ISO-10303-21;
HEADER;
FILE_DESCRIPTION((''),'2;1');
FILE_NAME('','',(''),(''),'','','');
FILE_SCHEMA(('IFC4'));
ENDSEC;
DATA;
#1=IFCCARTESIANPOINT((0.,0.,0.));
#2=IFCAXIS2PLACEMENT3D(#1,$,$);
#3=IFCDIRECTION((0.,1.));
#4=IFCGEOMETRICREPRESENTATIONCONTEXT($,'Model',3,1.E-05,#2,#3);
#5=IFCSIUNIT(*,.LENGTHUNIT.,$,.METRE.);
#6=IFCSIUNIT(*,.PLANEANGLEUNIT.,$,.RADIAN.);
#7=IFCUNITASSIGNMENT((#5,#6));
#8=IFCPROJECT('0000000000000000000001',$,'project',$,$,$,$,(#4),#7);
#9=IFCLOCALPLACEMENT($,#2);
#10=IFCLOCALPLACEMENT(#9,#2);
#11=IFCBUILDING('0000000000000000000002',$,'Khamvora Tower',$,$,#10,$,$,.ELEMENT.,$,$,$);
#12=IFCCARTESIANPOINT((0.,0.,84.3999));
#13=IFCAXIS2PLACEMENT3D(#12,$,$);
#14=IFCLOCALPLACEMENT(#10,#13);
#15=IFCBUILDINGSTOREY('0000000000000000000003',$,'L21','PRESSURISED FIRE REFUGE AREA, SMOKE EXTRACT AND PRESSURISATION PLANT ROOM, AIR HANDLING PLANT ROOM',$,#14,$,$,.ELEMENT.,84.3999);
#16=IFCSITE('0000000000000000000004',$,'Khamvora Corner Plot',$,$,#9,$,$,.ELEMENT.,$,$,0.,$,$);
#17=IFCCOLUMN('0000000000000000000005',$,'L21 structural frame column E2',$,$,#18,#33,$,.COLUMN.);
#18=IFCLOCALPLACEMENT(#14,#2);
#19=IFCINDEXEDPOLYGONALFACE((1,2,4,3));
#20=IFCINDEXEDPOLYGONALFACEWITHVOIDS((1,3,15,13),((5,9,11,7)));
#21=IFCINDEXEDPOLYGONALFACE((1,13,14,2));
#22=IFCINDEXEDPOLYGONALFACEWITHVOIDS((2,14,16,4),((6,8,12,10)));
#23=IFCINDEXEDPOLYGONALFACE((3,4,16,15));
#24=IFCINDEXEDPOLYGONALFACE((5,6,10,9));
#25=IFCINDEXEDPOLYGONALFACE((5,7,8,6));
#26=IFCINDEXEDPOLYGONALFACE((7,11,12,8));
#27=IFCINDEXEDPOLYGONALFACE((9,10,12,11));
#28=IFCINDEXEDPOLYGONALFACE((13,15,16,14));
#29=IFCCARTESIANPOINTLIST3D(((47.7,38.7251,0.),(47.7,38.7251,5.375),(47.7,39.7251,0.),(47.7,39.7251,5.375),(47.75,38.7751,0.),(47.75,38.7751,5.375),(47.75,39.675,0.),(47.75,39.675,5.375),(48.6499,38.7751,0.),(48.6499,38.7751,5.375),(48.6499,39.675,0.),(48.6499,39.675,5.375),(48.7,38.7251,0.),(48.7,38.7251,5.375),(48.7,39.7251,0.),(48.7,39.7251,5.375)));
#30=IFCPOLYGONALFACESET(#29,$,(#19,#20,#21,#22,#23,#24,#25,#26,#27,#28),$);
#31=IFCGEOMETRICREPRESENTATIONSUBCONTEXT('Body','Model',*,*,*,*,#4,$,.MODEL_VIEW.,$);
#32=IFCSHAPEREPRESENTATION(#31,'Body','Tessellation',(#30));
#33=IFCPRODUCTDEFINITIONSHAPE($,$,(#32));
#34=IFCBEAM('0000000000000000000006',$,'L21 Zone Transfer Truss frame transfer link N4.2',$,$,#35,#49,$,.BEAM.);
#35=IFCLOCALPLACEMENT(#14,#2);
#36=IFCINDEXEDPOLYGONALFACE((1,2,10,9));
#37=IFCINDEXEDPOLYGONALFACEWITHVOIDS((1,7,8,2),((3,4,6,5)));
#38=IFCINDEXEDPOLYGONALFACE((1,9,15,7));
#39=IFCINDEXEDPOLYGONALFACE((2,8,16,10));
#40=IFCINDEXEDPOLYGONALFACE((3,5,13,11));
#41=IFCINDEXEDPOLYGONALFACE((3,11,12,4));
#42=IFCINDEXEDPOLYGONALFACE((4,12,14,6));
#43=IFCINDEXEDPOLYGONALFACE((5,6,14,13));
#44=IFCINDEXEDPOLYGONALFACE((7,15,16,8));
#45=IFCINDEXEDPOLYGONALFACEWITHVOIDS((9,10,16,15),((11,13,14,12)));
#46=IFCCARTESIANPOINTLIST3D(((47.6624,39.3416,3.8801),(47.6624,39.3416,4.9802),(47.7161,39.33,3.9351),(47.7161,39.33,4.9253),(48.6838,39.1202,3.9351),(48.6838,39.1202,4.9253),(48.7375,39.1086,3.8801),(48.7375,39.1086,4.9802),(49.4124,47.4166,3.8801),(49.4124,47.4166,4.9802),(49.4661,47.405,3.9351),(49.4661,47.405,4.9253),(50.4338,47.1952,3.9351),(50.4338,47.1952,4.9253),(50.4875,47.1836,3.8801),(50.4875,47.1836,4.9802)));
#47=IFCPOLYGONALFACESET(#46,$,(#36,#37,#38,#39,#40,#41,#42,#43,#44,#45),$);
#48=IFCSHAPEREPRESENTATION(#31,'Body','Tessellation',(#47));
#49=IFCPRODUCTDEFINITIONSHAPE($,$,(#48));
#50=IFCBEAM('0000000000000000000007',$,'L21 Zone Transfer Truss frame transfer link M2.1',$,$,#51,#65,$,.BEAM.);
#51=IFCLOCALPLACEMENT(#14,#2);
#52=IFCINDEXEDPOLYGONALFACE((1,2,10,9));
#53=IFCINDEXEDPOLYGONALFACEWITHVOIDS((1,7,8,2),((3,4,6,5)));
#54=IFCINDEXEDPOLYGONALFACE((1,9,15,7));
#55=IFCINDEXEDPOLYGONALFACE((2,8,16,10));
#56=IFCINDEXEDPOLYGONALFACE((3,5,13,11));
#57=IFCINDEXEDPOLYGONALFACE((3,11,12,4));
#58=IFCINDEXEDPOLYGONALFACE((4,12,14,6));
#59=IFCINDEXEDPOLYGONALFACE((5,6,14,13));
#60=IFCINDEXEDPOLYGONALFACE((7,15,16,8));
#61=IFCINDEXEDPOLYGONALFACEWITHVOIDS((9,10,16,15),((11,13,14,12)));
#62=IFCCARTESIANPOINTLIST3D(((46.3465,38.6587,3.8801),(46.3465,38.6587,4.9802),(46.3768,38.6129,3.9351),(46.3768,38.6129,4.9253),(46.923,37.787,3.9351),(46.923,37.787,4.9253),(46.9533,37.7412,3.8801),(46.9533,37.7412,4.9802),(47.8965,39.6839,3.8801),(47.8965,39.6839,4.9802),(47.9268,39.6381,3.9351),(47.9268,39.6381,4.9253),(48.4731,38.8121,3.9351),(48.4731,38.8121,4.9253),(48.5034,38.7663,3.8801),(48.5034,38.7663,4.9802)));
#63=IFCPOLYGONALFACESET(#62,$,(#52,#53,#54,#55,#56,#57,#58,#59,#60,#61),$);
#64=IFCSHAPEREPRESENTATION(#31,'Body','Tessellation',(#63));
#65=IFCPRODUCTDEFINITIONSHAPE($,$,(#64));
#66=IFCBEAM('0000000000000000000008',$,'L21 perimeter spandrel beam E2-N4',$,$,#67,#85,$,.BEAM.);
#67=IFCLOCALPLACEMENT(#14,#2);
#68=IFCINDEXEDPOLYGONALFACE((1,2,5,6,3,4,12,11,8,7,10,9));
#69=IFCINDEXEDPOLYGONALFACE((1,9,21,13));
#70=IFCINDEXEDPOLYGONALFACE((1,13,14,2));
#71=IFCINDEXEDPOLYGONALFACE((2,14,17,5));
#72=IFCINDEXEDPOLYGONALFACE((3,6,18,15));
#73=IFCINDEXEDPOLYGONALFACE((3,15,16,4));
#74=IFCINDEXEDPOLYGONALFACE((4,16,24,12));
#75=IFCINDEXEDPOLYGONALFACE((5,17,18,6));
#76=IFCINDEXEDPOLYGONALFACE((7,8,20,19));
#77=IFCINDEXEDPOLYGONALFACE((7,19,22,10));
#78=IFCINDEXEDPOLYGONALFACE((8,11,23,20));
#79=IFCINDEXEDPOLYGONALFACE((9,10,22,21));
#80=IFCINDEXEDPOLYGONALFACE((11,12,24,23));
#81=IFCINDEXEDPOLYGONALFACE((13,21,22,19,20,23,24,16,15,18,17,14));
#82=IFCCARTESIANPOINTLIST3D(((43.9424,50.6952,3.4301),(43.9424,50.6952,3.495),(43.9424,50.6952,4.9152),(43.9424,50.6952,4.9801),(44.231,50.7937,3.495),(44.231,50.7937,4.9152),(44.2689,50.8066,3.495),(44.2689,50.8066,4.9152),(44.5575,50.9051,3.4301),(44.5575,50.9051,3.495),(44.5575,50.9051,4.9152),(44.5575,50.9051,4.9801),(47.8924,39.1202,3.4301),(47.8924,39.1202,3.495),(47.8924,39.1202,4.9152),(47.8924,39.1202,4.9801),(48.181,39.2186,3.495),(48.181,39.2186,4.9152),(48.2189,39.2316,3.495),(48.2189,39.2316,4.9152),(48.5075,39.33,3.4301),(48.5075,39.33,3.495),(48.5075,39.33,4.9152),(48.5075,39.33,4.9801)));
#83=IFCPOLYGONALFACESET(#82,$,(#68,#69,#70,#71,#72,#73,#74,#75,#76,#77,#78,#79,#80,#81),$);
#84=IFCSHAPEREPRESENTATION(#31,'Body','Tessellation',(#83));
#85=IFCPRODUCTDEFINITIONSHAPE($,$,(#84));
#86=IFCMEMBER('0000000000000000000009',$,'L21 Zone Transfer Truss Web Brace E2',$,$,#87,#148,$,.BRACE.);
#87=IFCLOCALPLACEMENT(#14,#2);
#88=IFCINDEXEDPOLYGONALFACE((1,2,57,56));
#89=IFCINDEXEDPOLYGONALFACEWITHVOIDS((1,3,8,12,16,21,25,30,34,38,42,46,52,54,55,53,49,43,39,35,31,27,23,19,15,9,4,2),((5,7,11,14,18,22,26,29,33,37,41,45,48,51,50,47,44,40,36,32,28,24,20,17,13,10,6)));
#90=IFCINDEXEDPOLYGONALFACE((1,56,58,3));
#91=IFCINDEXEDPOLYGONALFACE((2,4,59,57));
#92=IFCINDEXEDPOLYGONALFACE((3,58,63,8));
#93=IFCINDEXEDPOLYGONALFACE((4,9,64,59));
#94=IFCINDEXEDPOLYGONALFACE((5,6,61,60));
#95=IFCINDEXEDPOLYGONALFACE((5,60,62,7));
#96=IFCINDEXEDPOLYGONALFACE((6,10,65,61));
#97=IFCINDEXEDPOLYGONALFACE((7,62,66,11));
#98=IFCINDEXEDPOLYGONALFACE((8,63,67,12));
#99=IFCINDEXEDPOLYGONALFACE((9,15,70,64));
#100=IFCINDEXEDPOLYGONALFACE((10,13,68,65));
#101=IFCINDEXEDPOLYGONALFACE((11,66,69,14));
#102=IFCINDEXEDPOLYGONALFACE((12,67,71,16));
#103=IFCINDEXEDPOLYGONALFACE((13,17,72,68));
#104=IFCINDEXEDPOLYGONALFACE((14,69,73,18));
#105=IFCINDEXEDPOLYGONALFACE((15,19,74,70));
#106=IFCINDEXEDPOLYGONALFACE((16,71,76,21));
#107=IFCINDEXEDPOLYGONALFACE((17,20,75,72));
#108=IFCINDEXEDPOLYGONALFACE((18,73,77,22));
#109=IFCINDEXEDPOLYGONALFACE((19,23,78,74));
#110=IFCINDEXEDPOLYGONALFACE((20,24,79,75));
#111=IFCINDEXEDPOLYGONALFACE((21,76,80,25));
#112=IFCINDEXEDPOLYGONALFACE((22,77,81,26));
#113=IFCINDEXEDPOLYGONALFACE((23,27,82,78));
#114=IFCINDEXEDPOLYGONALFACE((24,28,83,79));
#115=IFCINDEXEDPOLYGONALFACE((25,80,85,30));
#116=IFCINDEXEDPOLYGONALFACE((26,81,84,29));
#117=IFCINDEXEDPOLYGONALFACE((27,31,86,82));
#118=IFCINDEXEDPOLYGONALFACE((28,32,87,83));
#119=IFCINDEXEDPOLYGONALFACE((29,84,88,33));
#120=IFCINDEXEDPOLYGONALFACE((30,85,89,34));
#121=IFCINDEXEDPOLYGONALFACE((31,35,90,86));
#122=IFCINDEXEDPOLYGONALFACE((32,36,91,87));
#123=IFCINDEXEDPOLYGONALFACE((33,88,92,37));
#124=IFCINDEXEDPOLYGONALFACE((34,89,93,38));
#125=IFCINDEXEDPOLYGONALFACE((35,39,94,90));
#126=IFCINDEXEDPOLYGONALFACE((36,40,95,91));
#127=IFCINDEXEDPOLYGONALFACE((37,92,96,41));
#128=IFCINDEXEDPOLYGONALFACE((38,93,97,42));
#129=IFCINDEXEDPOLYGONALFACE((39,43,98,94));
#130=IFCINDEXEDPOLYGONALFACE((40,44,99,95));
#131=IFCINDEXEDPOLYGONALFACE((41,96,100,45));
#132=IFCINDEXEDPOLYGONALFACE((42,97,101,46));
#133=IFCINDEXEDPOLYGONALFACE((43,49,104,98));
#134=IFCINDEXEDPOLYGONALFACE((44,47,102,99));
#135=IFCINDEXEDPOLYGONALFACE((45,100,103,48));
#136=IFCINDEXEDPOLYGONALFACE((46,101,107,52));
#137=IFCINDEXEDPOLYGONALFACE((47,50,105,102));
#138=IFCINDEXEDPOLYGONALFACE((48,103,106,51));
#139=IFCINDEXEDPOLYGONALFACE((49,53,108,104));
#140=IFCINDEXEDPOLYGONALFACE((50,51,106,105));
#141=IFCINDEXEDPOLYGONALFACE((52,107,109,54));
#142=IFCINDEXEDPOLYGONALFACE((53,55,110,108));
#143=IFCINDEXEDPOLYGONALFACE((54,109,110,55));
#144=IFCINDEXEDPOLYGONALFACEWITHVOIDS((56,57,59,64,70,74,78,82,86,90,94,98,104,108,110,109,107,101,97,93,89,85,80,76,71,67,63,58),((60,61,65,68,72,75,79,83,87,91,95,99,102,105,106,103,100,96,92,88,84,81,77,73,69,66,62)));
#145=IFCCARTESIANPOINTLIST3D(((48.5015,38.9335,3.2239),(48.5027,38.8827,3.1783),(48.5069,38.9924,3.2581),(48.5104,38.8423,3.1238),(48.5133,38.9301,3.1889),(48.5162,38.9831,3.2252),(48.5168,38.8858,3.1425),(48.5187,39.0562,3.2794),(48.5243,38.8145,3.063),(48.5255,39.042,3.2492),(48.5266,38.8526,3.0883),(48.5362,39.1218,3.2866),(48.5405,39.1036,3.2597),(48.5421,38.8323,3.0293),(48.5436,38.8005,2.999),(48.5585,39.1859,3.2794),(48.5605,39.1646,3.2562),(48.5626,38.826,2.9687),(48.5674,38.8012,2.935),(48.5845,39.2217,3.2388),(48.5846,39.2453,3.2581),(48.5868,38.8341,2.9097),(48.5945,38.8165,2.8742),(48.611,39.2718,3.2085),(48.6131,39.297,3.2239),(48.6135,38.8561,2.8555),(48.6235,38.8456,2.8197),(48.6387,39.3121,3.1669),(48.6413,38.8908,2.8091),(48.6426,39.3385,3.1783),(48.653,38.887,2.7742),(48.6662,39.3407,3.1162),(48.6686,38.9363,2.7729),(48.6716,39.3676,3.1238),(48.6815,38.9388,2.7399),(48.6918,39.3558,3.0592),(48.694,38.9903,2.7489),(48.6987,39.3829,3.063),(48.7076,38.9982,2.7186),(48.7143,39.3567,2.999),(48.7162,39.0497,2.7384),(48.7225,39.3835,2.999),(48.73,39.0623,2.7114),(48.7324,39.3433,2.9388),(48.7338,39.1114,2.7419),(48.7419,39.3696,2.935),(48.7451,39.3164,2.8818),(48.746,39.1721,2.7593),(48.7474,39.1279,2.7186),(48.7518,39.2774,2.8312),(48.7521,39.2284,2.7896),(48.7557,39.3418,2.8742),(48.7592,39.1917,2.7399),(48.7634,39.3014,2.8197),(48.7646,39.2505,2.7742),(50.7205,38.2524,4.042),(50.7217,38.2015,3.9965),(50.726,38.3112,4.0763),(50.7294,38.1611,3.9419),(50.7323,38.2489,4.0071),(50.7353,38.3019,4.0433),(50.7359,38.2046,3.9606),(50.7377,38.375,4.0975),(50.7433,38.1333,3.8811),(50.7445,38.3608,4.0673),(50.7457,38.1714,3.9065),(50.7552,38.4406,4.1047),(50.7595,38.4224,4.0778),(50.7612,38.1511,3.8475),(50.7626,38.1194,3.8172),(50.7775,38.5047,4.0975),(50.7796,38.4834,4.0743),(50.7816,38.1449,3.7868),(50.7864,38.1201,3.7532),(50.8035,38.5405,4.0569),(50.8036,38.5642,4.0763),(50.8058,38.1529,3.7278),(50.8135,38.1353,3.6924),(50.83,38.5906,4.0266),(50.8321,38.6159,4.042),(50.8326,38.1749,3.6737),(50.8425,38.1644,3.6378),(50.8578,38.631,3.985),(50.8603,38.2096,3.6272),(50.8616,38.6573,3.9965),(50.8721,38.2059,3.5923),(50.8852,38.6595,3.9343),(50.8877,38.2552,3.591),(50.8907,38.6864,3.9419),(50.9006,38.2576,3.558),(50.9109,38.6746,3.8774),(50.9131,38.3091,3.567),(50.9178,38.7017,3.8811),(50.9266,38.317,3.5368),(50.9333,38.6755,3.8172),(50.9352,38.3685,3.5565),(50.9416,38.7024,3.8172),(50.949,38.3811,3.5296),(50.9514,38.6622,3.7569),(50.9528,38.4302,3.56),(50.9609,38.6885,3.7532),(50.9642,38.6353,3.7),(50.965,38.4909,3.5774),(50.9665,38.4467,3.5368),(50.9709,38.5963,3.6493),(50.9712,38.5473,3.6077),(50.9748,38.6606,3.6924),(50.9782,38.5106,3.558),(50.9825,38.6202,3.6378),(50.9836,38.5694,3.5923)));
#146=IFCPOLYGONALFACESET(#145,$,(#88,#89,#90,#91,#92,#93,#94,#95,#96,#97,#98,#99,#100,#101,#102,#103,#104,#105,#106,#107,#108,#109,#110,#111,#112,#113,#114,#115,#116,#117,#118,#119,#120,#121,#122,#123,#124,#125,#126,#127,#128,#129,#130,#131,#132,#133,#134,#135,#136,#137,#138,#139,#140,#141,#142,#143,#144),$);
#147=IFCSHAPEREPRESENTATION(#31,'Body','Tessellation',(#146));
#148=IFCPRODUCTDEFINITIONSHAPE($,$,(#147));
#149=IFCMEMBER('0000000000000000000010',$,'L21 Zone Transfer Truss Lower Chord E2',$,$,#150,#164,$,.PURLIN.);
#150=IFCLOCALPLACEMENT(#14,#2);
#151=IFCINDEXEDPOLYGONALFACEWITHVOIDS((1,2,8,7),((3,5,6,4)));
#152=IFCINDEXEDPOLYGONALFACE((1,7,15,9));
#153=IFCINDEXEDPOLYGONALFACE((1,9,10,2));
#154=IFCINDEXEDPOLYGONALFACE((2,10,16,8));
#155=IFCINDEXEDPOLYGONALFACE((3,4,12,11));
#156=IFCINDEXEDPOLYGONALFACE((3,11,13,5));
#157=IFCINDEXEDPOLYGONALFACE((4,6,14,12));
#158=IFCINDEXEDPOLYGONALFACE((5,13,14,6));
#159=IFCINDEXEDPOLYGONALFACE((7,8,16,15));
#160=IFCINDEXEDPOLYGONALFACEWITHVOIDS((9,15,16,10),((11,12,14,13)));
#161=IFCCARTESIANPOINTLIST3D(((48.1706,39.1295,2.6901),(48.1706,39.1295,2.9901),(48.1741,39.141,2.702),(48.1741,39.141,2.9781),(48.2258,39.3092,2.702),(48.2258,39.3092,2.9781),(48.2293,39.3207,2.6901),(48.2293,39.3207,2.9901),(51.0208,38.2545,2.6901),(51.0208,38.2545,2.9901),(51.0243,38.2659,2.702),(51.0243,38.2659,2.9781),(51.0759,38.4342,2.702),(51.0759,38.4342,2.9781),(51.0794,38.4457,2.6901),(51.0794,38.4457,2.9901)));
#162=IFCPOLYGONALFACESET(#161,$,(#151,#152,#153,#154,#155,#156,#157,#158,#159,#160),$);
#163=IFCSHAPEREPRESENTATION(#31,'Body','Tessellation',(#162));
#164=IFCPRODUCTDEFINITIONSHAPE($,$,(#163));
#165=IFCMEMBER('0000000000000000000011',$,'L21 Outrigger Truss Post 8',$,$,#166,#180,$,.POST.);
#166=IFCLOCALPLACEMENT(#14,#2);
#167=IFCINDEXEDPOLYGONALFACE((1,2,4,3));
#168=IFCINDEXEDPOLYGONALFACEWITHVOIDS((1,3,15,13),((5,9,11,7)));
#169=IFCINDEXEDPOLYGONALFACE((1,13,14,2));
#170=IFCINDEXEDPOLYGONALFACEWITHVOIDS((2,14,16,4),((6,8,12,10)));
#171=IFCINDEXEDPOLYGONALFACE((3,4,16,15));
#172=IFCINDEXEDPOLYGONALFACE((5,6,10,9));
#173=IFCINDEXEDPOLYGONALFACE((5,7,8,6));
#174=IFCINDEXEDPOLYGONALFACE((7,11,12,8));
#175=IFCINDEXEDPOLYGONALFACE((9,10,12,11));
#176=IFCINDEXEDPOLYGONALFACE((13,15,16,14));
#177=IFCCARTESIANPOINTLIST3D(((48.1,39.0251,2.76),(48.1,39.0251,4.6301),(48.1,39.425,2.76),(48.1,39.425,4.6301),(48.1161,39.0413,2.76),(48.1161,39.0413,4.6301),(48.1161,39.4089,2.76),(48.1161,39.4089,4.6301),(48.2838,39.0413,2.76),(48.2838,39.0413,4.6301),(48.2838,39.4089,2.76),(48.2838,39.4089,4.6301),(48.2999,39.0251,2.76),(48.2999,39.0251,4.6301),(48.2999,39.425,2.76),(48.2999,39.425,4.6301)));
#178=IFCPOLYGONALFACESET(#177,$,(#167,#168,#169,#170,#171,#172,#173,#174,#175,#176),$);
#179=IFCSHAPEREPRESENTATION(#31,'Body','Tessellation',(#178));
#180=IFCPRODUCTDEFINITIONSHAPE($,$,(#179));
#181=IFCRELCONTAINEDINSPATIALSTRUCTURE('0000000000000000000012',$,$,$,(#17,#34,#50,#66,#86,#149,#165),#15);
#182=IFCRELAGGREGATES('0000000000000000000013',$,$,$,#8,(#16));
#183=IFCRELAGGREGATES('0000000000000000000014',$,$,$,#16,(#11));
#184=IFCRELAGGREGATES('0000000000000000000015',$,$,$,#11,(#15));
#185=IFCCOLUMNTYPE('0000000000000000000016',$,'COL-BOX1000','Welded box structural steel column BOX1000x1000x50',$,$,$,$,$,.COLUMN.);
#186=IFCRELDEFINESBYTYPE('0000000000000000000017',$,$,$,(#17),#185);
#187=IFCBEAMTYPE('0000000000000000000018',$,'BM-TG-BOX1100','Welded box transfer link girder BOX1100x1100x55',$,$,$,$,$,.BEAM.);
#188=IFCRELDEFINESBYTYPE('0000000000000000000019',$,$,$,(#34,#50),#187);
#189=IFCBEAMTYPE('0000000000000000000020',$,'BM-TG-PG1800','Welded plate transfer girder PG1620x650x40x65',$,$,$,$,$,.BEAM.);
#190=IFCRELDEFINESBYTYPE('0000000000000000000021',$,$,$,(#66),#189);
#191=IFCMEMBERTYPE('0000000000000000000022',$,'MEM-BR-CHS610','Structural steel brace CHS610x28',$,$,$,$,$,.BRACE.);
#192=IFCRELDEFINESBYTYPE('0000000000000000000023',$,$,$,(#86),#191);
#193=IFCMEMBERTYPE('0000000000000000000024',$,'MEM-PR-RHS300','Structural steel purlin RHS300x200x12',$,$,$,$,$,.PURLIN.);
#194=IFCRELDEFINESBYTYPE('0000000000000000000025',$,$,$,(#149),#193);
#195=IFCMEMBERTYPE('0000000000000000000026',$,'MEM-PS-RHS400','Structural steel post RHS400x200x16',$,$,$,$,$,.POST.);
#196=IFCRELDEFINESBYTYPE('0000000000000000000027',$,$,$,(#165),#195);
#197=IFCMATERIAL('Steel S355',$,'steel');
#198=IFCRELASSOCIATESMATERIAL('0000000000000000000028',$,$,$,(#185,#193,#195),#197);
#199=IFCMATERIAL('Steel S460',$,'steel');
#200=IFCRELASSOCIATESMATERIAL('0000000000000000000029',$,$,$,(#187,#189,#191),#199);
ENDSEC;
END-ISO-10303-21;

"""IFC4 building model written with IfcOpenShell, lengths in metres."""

from ifc_helpers import new_model, si_unit, direction, frame, origin, origin_2d, place, context, subcontext, project, spatial, hollow_rectangle, hollow_circle, i_section, extrude, material, material_profile, profile_set, type_object, element, save


model = new_model("IFC4")

# Units and contexts
model_context = context("Model", 3, precision=1e-05, world=origin(), true_north=direction((0.0, 1.0)))
body_context = subcontext(model_context, "Body", "Model", "MODEL_VIEW")
ifc_project = project(units=[si_unit("LENGTHUNIT", "METRE"), si_unit("PLANEANGLEUNIT", "RADIAN")], contexts=[model_context])

# Site, building, storey
site_placement = place(None, origin())
site = spatial("IfcSite", under=ifc_project, at=site_placement, Name="Khamvora Corner Plot", CompositionType="ELEMENT", RefElevation=0.0)
building_placement = place(site_placement, origin())
building = spatial("IfcBuilding", under=site, at=building_placement, Name="Khamvora Tower", CompositionType="ELEMENT")
storey_placement = place(building_placement, frame((0.0, 0.0, 84.3999)))
storey = spatial("IfcBuildingStorey", under=building, at=storey_placement, Name="L21", Description="PRESSURISED FIRE REFUGE AREA, SMOKE EXTRACT AND PRESSURISATION PLANT ROOM, AIR HANDLING PLANT ROOM", CompositionType="ELEMENT", Elevation=84.3999)

# Column
ifc_material_1 = material(Name="Steel S355", Category="steel")
ifc_material_profile_1 = material_profile(ifc_material_1, hollow_rectangle(XDim=1.0, YDim=1.0, WallThickness=0.05, at=origin_2d()), Name="BOX1000x1000x50")
ifc_profile_set_1 = profile_set([ifc_material_profile_1], Name="Steel S355")
column_type = type_object("IfcColumnType", Name="COL-BOX1000", Description="Welded box structural steel column BOX1000x1000x50", PredefinedType="COLUMN", material=ifc_profile_set_1)
column_placement = place(storey_placement, frame((48.2, 39.2251, 0.0), z_axis=(0.0, 0.0, 1.0), x_axis=(1.0, 0.0, 0.0)))
element("IfcColumn", 1, at=column_placement, inside=storey, type_object=column_type, Name="L21 structural frame column E2", PredefinedType="COLUMN", context=body_context, shape_type="SweptSolid", body=[
    extrude(hollow_rectangle(XDim=1.0, YDim=1.0, WallThickness=0.05, at=origin_2d()), origin(), (0.0, 0.0, 1.0), 5.375),
])

# Beams
ifc_material_2 = material(Name="Steel S460", Category="steel")
ifc_material_profile_2 = material_profile(ifc_material_2, hollow_rectangle(XDim=1.1001, YDim=1.1001, WallThickness=0.0549, at=origin_2d()), Name="BOX1100x1100x55")
ifc_profile_set_2 = profile_set([ifc_material_profile_2], Name="Steel S460")
beam_type_1 = type_object("IfcBeamType", Name="BM-TG-BOX1100", Description="Welded box transfer link girder BOX1100x1100x55", PredefinedType="BEAM", material=ifc_profile_set_2)
beam_1_placement = place(storey_placement, frame((48.2, 39.2251, 4.4302), z_axis=(0.211803, 0.977312, 0.0), x_axis=(-0.977312, 0.211803, 0.0)))
element("IfcBeam", 2, at=beam_1_placement, inside=storey, type_object=beam_type_1, Name="L21 Zone Transfer Truss frame transfer link N4.2", PredefinedType="BEAM", context=body_context, shape_type="SweptSolid", body=[
    extrude(hollow_rectangle(XDim=1.1001, YDim=1.1001, WallThickness=0.0549, at=origin_2d()), origin(), (0.0, 0.0, 1.0), 8.2625),
])
beam_2_placement = place(storey_placement, frame((48.2, 39.2251, 4.4302), z_axis=(-0.834086, -0.551634, 0.0), x_axis=(0.551634, -0.834086, 0.0)))
element("IfcBeam", 3, at=beam_2_placement, inside=storey, type_object=beam_type_1, Name="L21 Zone Transfer Truss frame transfer link M2.1", PredefinedType="BEAM", context=body_context, shape_type="SweptSolid", body=[
    extrude(hollow_rectangle(XDim=1.1001, YDim=1.1001, WallThickness=0.0549, at=origin_2d()), origin(), (0.0, 0.0, 1.0), 1.8584),
])
ifc_material_profile_3 = material_profile(ifc_material_2, i_section(OverallWidth=0.6499, OverallDepth=1.55, WebThickness=0.04, FlangeThickness=0.0649, at=origin_2d()), Name="PG1550x650x40x65")
ifc_profile_set_3 = profile_set([ifc_material_profile_3], Name="Steel S460")
beam_type_2 = type_object("IfcBeamType", Name="BM-TG-PG1800", Description="Welded plate transfer girder PG1620x650x40x65", PredefinedType="BEAM", material=ifc_profile_set_3)
beam_3_placement = place(storey_placement, frame((48.2, 39.2251, 4.2051), z_axis=(-0.322963, 0.946412, 0.0), x_axis=(-0.946412, -0.322963, 0.0)))
element("IfcBeam", 4, at=beam_3_placement, inside=storey, type_object=beam_type_2, Name="L21 perimeter spandrel beam E2-N4", PredefinedType="BEAM", context=body_context, shape_type="SweptSolid", body=[
    extrude(i_section(OverallWidth=0.6499, OverallDepth=1.55, WebThickness=0.04, FlangeThickness=0.0649, at=origin_2d()), origin(), (0.0, 0.0, 1.0), 12.2305),
])

# Members
ifc_material_profile_4 = material_profile(ifc_material_2, hollow_circle(Radius=0.3049, WallThickness=0.0281, at=origin_2d()), Name="CHS610x28")
ifc_profile_set_4 = profile_set([ifc_material_profile_4], Name="Steel S460")
member_type_1 = type_object("IfcMemberType", Name="MEM-BR-CHS610", Description="Structural steel brace CHS610x28", PredefinedType="BRACE", material=ifc_profile_set_4)
member_1_placement = place(storey_placement, frame((48.6331, 39.092, 2.999), z_axis=(0.901612, -0.276763, 0.332413), x_axis=(0.29345, 0.955974, 0.0)))
element("IfcMember", 5, at=member_1_placement, inside=storey, type_object=member_type_1, Name="L21 Zone Transfer Truss Web Brace E2", PredefinedType="BRACE", context=body_context, shape_type="SweptSolid", body=[
    extrude(hollow_circle(Radius=0.3049, WallThickness=0.0281, at=origin_2d()), origin(), (0.0, 0.0, 1.0), 2.4612),
])
ifc_material_profile_5 = material_profile(ifc_material_1, hollow_rectangle(XDim=0.2, YDim=0.3, WallThickness=0.012, at=origin_2d()), Name="RHS300x200x12")
ifc_profile_set_5 = profile_set([ifc_material_profile_5], Name="Steel S355")
member_type_2 = type_object("IfcMemberType", Name="MEM-PR-RHS300", Description="Structural steel purlin RHS300x200x12", PredefinedType="PURLIN", material=ifc_profile_set_5)
member_2_placement = place(storey_placement, frame((48.2, 39.2251, 2.8401), z_axis=(0.955963, -0.293487, 0.0), x_axis=(0.293487, 0.955963, 0.0)))
element("IfcMember", 6, at=member_2_placement, inside=storey, type_object=member_type_2, Name="L21 Zone Transfer Truss Lower Chord E2", PredefinedType="PURLIN", context=body_context, shape_type="SweptSolid", body=[
    extrude(hollow_rectangle(XDim=0.2, YDim=0.3, WallThickness=0.012, at=origin_2d()), origin(), (0.0, 0.0, 1.0), 2.9814),
])
ifc_material_profile_6 = material_profile(ifc_material_1, hollow_rectangle(XDim=0.2, YDim=0.3999, WallThickness=0.0161, at=origin_2d()), Name="RHS400x200x16")
ifc_profile_set_6 = profile_set([ifc_material_profile_6], Name="Steel S355")
member_type_3 = type_object("IfcMemberType", Name="MEM-PS-RHS400", Description="Structural steel post RHS400x200x16", PredefinedType="POST", material=ifc_profile_set_6)
member_3_placement = place(storey_placement, frame((48.2, 39.2251, 2.76), z_axis=(0.0, 0.0, 1.0), x_axis=(1.0, 0.0, 0.0)))
element("IfcMember", 7, at=member_3_placement, inside=storey, type_object=member_type_3, Name="L21 Outrigger Truss Post 8", PredefinedType="POST", context=body_context, shape_type="SweptSolid", body=[
    extrude(hollow_rectangle(XDim=0.2, YDim=0.3999, WallThickness=0.0161, at=origin_2d()), origin(), (0.0, 0.0, 1.0), 1.8701),
])

save(model, "model.ifc")
